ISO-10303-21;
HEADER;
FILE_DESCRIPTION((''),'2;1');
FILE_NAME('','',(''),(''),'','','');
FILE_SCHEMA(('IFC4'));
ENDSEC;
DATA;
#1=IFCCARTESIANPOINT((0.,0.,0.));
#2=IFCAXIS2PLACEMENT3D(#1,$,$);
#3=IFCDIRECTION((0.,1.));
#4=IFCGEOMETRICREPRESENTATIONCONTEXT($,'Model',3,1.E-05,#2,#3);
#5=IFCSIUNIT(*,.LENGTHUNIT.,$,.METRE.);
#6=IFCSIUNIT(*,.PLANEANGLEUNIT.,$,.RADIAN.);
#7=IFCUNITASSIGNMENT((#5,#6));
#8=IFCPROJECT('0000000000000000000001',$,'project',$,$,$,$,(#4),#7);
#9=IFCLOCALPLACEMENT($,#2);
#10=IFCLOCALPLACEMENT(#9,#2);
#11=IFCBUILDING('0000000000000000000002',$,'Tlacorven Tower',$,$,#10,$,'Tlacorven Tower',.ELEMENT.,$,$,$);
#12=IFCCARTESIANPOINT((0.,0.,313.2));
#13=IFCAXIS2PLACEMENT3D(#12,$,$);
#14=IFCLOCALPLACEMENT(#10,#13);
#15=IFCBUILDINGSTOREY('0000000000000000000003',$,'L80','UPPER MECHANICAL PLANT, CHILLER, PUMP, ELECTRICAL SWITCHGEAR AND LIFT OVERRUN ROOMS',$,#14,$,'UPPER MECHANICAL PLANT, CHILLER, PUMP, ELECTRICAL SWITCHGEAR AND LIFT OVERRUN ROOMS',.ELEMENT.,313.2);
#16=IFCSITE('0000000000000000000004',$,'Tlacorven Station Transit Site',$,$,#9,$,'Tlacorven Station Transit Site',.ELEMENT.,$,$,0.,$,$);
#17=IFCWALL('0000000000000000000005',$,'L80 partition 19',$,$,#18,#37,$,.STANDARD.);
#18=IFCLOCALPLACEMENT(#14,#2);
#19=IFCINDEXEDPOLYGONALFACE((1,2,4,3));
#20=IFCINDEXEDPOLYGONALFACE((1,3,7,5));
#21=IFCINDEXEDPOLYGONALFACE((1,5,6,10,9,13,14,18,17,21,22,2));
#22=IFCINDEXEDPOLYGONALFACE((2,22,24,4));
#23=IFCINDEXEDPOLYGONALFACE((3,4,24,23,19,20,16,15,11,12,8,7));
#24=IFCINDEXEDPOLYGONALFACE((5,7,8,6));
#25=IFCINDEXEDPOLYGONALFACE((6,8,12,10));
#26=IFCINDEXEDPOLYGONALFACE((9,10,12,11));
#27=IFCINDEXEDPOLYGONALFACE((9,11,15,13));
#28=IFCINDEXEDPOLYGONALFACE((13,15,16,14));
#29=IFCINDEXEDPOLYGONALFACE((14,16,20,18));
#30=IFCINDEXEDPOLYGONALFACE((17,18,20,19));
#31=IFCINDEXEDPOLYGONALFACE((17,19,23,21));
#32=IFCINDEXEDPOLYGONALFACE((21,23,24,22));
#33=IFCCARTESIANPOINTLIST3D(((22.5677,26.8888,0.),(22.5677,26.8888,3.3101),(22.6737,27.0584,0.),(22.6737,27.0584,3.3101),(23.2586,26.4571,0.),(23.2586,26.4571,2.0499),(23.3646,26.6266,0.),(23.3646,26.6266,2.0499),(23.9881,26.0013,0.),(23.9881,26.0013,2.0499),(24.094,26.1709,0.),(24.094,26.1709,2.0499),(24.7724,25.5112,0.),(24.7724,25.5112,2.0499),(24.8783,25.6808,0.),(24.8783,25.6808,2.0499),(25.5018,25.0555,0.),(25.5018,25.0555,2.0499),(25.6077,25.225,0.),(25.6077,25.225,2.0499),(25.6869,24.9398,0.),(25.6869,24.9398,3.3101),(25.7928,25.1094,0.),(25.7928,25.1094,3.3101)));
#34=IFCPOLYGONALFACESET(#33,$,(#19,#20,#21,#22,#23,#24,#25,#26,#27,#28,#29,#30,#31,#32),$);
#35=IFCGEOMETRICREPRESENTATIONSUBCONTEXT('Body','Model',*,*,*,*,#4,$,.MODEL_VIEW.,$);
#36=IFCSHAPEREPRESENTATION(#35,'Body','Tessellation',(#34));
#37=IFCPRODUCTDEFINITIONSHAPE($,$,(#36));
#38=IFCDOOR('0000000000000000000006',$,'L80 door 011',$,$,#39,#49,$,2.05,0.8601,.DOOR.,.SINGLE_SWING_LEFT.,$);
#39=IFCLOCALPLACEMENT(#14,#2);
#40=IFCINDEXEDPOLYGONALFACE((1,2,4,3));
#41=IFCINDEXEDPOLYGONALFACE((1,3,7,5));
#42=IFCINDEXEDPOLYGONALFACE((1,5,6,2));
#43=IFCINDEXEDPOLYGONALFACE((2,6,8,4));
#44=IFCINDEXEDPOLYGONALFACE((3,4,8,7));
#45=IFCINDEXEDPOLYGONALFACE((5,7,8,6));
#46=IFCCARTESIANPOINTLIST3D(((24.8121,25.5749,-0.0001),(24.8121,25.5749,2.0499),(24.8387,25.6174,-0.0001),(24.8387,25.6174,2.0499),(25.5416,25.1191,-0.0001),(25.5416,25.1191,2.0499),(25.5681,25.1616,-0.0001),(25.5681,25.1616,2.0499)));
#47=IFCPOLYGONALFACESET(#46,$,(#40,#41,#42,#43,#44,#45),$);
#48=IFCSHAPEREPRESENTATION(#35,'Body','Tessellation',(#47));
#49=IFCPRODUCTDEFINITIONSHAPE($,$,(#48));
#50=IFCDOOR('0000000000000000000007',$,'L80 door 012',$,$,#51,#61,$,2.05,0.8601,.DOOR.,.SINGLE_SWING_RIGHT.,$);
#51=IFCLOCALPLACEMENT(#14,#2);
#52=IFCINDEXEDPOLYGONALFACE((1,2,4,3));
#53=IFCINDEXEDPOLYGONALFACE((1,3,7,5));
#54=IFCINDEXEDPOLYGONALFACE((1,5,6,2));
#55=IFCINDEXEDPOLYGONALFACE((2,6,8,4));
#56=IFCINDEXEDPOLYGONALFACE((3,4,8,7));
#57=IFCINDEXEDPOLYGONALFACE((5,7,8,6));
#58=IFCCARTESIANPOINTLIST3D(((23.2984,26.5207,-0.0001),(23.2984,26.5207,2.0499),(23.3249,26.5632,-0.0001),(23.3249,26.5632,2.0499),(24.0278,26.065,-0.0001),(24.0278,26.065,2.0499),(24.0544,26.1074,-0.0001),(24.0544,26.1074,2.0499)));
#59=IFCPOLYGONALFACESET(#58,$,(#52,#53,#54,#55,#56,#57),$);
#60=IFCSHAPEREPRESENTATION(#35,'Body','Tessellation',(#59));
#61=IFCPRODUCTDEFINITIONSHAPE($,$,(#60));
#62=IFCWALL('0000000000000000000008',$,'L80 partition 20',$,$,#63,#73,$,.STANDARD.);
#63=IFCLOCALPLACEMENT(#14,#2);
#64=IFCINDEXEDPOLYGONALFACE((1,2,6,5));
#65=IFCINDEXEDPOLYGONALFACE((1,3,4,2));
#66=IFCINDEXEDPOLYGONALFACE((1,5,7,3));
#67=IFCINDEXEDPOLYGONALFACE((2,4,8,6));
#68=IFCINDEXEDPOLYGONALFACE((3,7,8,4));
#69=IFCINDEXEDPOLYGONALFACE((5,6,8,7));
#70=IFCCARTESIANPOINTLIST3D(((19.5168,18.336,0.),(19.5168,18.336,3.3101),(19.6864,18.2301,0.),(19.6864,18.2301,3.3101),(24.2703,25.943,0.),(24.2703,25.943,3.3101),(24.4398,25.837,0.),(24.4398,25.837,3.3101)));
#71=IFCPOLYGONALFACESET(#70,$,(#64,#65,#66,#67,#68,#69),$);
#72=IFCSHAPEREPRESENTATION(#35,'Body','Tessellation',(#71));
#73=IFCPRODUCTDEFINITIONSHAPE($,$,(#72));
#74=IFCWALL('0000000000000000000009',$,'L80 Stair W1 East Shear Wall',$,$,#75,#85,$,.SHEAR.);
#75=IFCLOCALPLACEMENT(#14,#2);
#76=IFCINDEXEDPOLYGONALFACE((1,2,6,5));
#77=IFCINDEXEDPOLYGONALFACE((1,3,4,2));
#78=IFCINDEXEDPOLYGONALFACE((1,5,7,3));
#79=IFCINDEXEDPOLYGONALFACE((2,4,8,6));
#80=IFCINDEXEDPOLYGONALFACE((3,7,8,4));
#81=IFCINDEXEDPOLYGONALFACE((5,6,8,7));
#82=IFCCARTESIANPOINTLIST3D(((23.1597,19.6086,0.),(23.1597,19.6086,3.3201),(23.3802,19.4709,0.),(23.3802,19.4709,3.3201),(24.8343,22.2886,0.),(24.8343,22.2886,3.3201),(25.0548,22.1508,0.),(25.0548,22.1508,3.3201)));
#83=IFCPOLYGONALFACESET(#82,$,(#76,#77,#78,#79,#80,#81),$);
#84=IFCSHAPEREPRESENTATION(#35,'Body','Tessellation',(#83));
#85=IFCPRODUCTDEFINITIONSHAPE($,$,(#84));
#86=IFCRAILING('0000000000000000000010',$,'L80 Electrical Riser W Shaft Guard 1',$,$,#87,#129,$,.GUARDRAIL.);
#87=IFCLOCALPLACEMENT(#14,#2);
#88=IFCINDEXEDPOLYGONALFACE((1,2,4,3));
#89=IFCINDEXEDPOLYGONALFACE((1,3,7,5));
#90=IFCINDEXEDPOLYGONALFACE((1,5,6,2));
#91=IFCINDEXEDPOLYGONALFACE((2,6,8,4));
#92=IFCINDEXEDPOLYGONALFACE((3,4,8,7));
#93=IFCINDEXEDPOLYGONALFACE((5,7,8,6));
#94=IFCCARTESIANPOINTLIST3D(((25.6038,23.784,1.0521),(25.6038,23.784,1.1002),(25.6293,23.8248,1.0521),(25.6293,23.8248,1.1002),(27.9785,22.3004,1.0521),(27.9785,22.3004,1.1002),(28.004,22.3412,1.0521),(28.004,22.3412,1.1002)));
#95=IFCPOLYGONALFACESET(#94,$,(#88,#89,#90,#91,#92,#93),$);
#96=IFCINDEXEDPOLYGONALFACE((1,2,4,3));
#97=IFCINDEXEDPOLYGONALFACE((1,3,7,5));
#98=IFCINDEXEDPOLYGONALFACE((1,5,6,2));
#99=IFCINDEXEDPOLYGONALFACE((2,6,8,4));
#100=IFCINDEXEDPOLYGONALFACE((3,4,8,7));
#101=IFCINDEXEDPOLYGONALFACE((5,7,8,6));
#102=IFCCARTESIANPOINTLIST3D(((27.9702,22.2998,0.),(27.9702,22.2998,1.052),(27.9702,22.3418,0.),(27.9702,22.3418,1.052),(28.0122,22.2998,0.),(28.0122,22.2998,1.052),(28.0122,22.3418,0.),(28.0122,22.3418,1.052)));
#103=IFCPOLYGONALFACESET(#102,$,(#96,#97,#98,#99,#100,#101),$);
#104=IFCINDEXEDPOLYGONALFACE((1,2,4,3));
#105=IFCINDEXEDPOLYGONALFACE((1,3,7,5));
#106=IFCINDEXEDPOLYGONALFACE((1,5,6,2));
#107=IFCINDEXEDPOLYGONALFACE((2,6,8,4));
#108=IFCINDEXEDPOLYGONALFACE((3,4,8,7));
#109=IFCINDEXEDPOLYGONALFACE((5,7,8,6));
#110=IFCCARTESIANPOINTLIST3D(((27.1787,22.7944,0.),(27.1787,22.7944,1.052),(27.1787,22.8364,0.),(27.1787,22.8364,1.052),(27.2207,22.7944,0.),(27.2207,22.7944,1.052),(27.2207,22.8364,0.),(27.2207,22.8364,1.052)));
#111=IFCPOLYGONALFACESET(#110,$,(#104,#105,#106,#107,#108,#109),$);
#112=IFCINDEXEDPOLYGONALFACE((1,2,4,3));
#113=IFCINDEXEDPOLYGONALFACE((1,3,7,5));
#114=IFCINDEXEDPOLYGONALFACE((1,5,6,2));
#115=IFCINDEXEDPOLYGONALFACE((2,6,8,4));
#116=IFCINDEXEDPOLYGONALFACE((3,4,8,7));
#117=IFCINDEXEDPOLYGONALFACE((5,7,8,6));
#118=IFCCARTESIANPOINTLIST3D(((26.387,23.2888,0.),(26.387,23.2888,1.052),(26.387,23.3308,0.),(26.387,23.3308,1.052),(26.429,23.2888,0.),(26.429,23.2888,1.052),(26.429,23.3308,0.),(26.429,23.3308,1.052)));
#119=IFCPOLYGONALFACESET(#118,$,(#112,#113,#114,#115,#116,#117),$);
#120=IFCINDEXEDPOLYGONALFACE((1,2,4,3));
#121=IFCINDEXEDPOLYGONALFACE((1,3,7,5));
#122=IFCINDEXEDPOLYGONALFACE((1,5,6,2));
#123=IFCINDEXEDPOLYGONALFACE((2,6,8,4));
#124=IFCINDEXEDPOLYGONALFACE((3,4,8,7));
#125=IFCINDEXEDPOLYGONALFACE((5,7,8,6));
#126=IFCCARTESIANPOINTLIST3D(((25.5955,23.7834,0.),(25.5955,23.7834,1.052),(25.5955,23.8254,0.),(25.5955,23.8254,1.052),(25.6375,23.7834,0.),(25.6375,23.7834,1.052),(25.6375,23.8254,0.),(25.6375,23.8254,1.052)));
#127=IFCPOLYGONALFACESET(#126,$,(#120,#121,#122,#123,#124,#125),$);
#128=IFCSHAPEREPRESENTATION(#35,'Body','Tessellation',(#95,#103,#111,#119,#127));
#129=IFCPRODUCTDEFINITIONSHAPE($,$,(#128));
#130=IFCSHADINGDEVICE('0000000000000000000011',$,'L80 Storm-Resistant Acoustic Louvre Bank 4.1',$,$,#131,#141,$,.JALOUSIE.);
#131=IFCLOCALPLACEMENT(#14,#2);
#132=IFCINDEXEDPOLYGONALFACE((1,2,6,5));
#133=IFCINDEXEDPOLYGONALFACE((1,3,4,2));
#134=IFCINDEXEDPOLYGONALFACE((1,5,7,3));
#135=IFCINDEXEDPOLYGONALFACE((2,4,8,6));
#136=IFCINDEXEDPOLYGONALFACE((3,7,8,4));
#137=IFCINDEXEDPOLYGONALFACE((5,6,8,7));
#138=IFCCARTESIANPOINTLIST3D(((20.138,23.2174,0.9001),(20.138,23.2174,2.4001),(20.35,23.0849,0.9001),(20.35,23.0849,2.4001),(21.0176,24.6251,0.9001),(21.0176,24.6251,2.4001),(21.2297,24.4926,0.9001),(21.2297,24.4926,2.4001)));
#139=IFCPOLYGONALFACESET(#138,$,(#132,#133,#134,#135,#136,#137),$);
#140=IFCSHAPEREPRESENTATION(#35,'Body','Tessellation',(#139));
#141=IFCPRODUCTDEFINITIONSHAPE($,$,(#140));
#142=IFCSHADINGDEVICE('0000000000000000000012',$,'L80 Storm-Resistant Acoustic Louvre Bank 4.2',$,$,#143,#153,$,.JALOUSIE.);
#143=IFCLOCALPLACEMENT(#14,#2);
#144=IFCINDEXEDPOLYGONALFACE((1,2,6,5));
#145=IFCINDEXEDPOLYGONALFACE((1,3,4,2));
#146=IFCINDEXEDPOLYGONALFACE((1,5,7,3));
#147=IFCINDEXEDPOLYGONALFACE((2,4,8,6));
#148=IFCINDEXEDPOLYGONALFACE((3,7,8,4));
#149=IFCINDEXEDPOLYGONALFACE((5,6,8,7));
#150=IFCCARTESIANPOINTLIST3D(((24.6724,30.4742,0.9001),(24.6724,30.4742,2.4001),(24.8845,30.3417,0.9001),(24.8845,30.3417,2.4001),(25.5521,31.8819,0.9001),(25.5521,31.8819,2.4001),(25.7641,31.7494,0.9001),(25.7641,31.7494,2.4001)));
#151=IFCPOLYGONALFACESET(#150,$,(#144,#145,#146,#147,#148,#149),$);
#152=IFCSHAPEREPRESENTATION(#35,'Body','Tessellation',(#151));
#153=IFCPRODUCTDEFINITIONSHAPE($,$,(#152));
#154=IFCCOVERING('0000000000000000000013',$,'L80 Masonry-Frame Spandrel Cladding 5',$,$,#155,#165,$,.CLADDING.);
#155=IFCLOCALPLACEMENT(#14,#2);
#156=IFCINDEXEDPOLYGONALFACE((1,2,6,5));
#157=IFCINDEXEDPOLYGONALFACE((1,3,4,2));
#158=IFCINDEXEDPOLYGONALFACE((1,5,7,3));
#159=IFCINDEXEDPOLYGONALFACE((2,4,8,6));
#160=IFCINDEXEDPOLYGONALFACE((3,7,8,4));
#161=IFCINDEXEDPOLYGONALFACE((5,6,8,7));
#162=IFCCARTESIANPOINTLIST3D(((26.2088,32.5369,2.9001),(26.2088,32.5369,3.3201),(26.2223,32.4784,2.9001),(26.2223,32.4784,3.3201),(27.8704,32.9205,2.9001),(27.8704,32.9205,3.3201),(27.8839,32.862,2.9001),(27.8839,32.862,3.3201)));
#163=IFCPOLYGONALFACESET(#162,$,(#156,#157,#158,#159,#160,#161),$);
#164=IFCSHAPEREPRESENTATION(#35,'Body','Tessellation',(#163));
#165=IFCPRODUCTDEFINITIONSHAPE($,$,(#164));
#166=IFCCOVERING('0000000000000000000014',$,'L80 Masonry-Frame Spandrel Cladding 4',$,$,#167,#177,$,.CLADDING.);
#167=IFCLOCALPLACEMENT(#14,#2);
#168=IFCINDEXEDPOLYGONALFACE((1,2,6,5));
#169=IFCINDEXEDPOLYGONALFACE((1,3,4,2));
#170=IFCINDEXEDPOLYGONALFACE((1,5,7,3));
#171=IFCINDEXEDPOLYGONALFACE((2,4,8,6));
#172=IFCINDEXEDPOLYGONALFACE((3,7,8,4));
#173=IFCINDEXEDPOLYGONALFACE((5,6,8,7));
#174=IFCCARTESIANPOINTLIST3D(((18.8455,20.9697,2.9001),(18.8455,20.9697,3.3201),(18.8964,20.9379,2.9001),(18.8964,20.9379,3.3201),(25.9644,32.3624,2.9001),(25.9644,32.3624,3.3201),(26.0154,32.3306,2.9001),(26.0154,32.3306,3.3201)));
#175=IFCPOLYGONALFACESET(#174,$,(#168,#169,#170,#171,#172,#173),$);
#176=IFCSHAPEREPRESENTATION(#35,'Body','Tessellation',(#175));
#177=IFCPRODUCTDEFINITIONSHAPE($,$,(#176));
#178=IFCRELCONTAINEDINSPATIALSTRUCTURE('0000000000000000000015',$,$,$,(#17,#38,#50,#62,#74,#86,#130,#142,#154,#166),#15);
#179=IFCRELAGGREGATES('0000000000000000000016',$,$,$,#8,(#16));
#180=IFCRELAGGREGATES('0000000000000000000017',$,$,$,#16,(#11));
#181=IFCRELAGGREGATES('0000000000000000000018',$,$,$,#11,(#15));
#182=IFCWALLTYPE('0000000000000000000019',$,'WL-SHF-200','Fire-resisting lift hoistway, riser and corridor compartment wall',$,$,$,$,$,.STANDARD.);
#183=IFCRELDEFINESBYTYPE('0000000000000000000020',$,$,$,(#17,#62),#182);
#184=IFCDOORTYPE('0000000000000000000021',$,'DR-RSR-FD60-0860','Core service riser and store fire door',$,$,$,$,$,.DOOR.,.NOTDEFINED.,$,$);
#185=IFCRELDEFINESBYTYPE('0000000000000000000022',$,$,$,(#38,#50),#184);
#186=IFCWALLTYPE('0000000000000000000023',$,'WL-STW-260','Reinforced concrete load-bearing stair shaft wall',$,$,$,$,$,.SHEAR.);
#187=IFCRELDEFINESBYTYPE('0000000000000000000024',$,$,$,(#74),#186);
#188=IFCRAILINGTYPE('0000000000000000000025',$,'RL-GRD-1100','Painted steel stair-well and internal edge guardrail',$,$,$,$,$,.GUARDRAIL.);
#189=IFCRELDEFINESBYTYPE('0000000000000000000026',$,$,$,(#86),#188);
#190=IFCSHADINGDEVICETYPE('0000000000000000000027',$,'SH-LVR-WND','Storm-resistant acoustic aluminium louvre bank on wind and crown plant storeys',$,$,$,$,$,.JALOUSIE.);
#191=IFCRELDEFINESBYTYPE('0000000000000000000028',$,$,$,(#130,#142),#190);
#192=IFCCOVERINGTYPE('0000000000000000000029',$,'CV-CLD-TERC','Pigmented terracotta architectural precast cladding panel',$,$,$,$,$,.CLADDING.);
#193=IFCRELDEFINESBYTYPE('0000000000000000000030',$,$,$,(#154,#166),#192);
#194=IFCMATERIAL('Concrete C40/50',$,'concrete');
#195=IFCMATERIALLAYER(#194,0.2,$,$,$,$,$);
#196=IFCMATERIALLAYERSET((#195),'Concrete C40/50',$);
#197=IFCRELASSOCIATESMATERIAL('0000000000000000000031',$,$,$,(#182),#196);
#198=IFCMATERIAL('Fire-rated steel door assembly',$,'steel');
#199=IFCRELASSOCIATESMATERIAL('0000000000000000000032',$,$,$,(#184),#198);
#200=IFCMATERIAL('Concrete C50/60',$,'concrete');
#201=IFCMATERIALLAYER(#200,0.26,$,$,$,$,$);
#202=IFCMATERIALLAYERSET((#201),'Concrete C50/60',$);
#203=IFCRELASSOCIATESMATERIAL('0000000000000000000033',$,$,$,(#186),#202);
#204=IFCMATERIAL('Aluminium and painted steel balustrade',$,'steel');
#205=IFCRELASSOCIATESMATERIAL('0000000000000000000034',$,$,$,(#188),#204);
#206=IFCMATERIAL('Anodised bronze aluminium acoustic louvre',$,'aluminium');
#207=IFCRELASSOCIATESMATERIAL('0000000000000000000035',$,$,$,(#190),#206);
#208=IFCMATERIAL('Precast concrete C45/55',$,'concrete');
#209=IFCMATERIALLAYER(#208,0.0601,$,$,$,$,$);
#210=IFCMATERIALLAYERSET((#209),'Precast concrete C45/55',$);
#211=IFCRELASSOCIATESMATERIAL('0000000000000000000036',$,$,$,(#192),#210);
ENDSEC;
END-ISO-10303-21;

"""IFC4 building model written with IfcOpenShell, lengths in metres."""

from ifc_helpers import new_model, si_unit, direction, frame, frame_2d, origin, origin_2d, place, context, subcontext, project, spatial, rectangle, extrude, source, transform, mapped, material, layer, layer_set, type_object, element, fill, save


model = new_model("IFC4")

# Units and contexts
model_context = context("Model", 3, precision=1e-05, world=origin(), true_north=direction((0.0, 1.0)))
body_context = subcontext(model_context, "Body", "Model", "MODEL_VIEW")
ifc_project = project(units=[si_unit("LENGTHUNIT", "METRE"), si_unit("PLANEANGLEUNIT", "RADIAN")], contexts=[model_context])

# Site, building, storey
site_placement = place(None, origin())
site = spatial("IfcSite", under=ifc_project, at=site_placement, Name="Tlacorven Station Transit Site", LongName="Tlacorven Station Transit Site", CompositionType="ELEMENT", RefElevation=0.0)
building_placement = place(site_placement, origin())
building = spatial("IfcBuilding", under=site, at=building_placement, Name="Tlacorven Tower", LongName="Tlacorven Tower", CompositionType="ELEMENT")
storey_placement = place(building_placement, frame((0.0, 0.0, 313.2)))
storey = spatial("IfcBuildingStorey", under=building, at=storey_placement, Name="L80", Description="UPPER MECHANICAL PLANT, CHILLER, PUMP, ELECTRICAL SWITCHGEAR AND LIFT OVERRUN ROOMS", LongName="UPPER MECHANICAL PLANT, CHILLER, PUMP, ELECTRICAL SWITCHGEAR AND LIFT OVERRUN ROOMS", CompositionType="ELEMENT", Elevation=313.2)

# Shared definitions
ifc_material_1 = material(Name="Concrete C50/60", Category="concrete")

# Shared definitions
ifc_material_2 = material(Name="Precast concrete C45/55", Category="concrete")

# Shared definitions
ifc_material_3 = material(Name="Concrete C40/50", Category="concrete")
ifc_layer_1 = layer(ifc_material_3, 0.2)
ifc_layer_set_1 = layer_set([ifc_layer_1], Name="Concrete C40/50")
wall_type_1 = type_object("IfcWallType", Name="WL-SHF-200", Description="Fire-resisting lift hoistway, riser and corridor compartment wall", PredefinedType="STANDARD", material=ifc_layer_set_1)

# Shared definitions
ifc_material_4 = material(Name="Fire-rated steel door assembly", Category="steel")
door_type_1 = type_object("IfcDoorType", Name="DR-RSR-FD60-0860", Description="Core service riser and store fire door", OperationType="NOTDEFINED", PredefinedType="DOOR", material=ifc_material_4)
shared_shape_1 = source(origin(), body_context, "Body", "SweptSolid", [
    extrude(rectangle(XDim=0.8601, YDim=2.05, at=frame_2d((0.4302, 1.0249))), frame((0.0, 0.0249, 0.0), z_axis=(0.0, -1.0, 0.0), x_axis=(1.0, 0.0, 0.0)), (0.0, 0.0, 1.0), 0.05),
])

# Wall, openings, doors
wall_1_placement = place(storey_placement, frame((25.7397, 25.0247, 0.0), z_axis=(0.0, 0.0, 1.0), x_axis=(-0.848058, 0.529903, 0.0)))
wall_1 = element("IfcWall", 1, at=wall_1_placement, inside=storey, type_object=wall_type_1, Name="L80 partition 19", PredefinedType="STANDARD", context=body_context, shape_type="SweptSolid", body=[
    extrude(rectangle(XDim=3.678, YDim=0.2, at=frame_2d((1.8389, 0.0))), origin(), (0.0, 0.0, 1.0), 3.3101),
])
opening_1_placement = place(wall_1_placement, frame((0.218, 0.0, 0.0)))
opening_1 = element("IfcOpeningElement", 2, at=opening_1_placement, cuts=wall_1, PredefinedType="OPENING", context=body_context, shape_type="SweptSolid", body=[
    extrude(rectangle(XDim=0.8601, YDim=2.05, at=frame_2d((0.4302, 1.0249))), frame((0.0, 0.1099, 0.0), z_axis=(0.0, -1.0, 0.0), x_axis=(1.0, 0.0, 0.0)), (0.0, 0.0, 1.0), 0.22),
])
opening_2_placement = place(wall_1_placement, frame((2.0029, 0.0, 0.0)))
opening_2 = element("IfcOpeningElement", 3, at=opening_2_placement, cuts=wall_1, PredefinedType="OPENING", context=body_context, shape_type="SweptSolid", body=[
    extrude(rectangle(XDim=0.8601, YDim=2.05, at=frame_2d((0.4302, 1.0249))), frame((0.0, 0.1099, 0.0), z_axis=(0.0, -1.0, 0.0), x_axis=(1.0, 0.0, 0.0)), (0.0, 0.0, 1.0), 0.22),
])
door_1_placement = place(opening_1_placement, origin())
door_1 = element("IfcDoor", 4, at=door_1_placement, inside=storey, type_object=door_type_1, Name="L80 door 011", OperationType="SINGLE_SWING_LEFT", OverallHeight=2.05, OverallWidth=0.8601, PredefinedType="DOOR", context=body_context, shape_type="MappedRepresentation", body=[
    mapped(shared_shape_1, transform((0.0, 0.0, 0.0), scale=1.0)),
])
fill(opening_1, door_1)
door_2_placement = place(opening_2_placement, origin())
door_2 = element("IfcDoor", 5, at=door_2_placement, inside=storey, type_object=door_type_1, Name="L80 door 012", OperationType="SINGLE_SWING_RIGHT", OverallHeight=2.05, OverallWidth=0.8601, PredefinedType="DOOR", context=body_context, shape_type="MappedRepresentation", body=[
    mapped(shared_shape_1, transform((0.0, 0.0, 0.0), scale=1.0)),
])
fill(opening_2, door_2)

# Wall
wall_2_placement = place(storey_placement, frame((24.355, 25.8899, 0.0), z_axis=(0.0, 0.0, 1.0), x_axis=(-0.529926, -0.848044, 0.0)))
element("IfcWall", 6, at=wall_2_placement, inside=storey, type_object=wall_type_1, Name="L80 partition 20", PredefinedType="STANDARD", context=body_context, shape_type="SweptSolid", body=[
    extrude(rectangle(XDim=8.97, YDim=0.2, at=frame_2d((4.4849, 0.0))), origin(), (0.0, 0.0, 1.0), 3.3101),
])

# Wall
ifc_layer_2 = layer(ifc_material_1, 0.26)
ifc_layer_set_2 = layer_set([ifc_layer_2], Name="Concrete C50/60")
wall_type_2 = type_object("IfcWallType", Name="WL-STW-260", Description="Reinforced concrete load-bearing stair shaft wall", PredefinedType="SHEAR", material=ifc_layer_set_2)
wall_3_placement = place(storey_placement, frame((24.9446, 22.2197, 0.0), z_axis=(0.0, 0.0, 1.0), x_axis=(-0.529909, -0.848055, 0.0)))
element("IfcWall", 7, at=wall_3_placement, inside=storey, type_object=wall_type_2, Name="L80 Stair W1 East Shear Wall", PredefinedType="SHEAR", context=body_context, shape_type="SweptSolid", body=[
    extrude(rectangle(XDim=3.1602, YDim=0.26, at=frame_2d((1.5801, 0.0))), origin(), (0.0, 0.0, 1.0), 3.3201),
])

# Railing
ifc_material_5 = material(Name="Aluminium and painted steel balustrade", Category="steel")
railing_type = type_object("IfcRailingType", Name="RL-GRD-1100", Description="Painted steel stair-well and internal edge guardrail", PredefinedType="GUARDRAIL", material=ifc_material_5)
shared_shape_2 = source(origin(), body_context, "Body", "SweptSolid", [
    extrude(rectangle(XDim=0.0481, YDim=0.0481, at=origin_2d()), frame((0.0, 0.0, 1.0762), z_axis=(-0.848091, 0.52985, 0.0), x_axis=(-0.52985, -0.848091, 0.0)), (0.0, 0.0, 1.0), 2.8),
    extrude(rectangle(XDim=0.042, YDim=0.042, at=origin_2d()), origin(), (0.0, 0.0, 1.0), 1.052),
    extrude(rectangle(XDim=0.042, YDim=0.042, at=origin_2d()), frame((-0.7915, 0.4946, 0.0)), (0.0, 0.0, 1.0), 1.052),
    extrude(rectangle(XDim=0.042, YDim=0.042, at=origin_2d()), frame((-1.5833, 0.989, 0.0)), (0.0, 0.0, 1.0), 1.052),
    extrude(rectangle(XDim=0.042, YDim=0.042, at=origin_2d()), frame((-2.3748, 1.4836, 0.0)), (0.0, 0.0, 1.0), 1.052),
])
railing_placement = place(storey_placement, frame((27.9912, 22.3208, 0.0)))
element("IfcRailing", 8, at=railing_placement, inside=storey, type_object=railing_type, Name="L80 Electrical Riser W Shaft Guard 1", PredefinedType="GUARDRAIL", context=body_context, shape_type="MappedRepresentation", body=[
    mapped(shared_shape_2, transform((0.0, 0.0, 0.0), scale=1.0)),
])

# Shading devices
ifc_material_6 = material(Name="Anodised bronze aluminium acoustic louvre", Category="aluminium")
shading_device_type = type_object("IfcShadingDeviceType", Name="SH-LVR-WND", Description="Storm-resistant acoustic aluminium louvre bank on wind and crown plant storeys", PredefinedType="JALOUSIE", material=ifc_material_6)
shared_shape_3 = source(origin(), body_context, "Body", "SweptSolid", [
    extrude(rectangle(XDim=1.6599, YDim=0.25, at=origin_2d()), origin(), (0.0, 0.0, 1.0), 1.5),
])
for number, where, z_axis, x_axis, name in (
    (9, (20.6838, 23.855, 0.9001), (0.0, 0.0, 1.0), (0.529919, 0.848048, 0.0), "L80 Storm-Resistant Acoustic Louvre Bank 4.1"),
    (10, (25.2183, 31.1118, 0.9001), (0.0, 0.0, 1.0), (0.529919, 0.848048, 0.0), "L80 Storm-Resistant Acoustic Louvre Bank 4.2"),
):
    element("IfcShadingDevice", number, at=place(storey_placement, frame(where, z_axis=z_axis, x_axis=x_axis)), inside=storey, type_object=shading_device_type, Name=name, PredefinedType="JALOUSIE", context=body_context, shape_type="MappedRepresentation", body=[
        mapped(shared_shape_3, transform((0.0, 0.0, 0.0), scale=1.0)),
    ])

# Coverings
ifc_layer_3 = layer(ifc_material_2, 0.0601)
ifc_layer_set_3 = layer_set([ifc_layer_3], Name="Precast concrete C45/55")
covering_type = type_object("IfcCoveringType", Name="CV-CLD-TERC", Description="Pigmented terracotta architectural precast cladding panel", PredefinedType="CLADDING", material=ifc_layer_set_3)
shared_shape_4 = source(origin(), body_context, "Body", "SweptSolid", [
    extrude(rectangle(XDim=1.7053, YDim=0.0601, at=origin_2d()), origin(), (0.0, 0.0, 1.0), 0.4199),
])
covering_1_placement = place(storey_placement, frame((27.0464, 32.6995, 2.9001), z_axis=(0.0, 0.0, 1.0), x_axis=(0.974369, 0.224954, 0.0)))
element("IfcCovering", 11, at=covering_1_placement, inside=storey, type_object=covering_type, Name="L80 Masonry-Frame Spandrel Cladding 5", PredefinedType="CLADDING", context=body_context, shape_type="MappedRepresentation", body=[
    mapped(shared_shape_4, transform((0.0, 0.0, 0.0), scale=1.0)),
])
shared_shape_5 = source(origin(), body_context, "Body", "SweptSolid", [
    extrude(rectangle(XDim=13.4341, YDim=0.0601, at=origin_2d()), origin(), (0.0, 0.0, 1.0), 0.4199),
])
covering_2_placement = place(storey_placement, frame((22.4304, 26.6501, 2.9001), z_axis=(0.0, 0.0, 1.0), x_axis=(0.529919, 0.848048, 0.0)))
element("IfcCovering", 12, at=covering_2_placement, inside=storey, type_object=covering_type, Name="L80 Masonry-Frame Spandrel Cladding 4", PredefinedType="CLADDING", context=body_context, shape_type="MappedRepresentation", body=[
    mapped(shared_shape_5, transform((0.0, 0.0, 0.0), scale=1.0)),
])

save(model, "model.ifc")
